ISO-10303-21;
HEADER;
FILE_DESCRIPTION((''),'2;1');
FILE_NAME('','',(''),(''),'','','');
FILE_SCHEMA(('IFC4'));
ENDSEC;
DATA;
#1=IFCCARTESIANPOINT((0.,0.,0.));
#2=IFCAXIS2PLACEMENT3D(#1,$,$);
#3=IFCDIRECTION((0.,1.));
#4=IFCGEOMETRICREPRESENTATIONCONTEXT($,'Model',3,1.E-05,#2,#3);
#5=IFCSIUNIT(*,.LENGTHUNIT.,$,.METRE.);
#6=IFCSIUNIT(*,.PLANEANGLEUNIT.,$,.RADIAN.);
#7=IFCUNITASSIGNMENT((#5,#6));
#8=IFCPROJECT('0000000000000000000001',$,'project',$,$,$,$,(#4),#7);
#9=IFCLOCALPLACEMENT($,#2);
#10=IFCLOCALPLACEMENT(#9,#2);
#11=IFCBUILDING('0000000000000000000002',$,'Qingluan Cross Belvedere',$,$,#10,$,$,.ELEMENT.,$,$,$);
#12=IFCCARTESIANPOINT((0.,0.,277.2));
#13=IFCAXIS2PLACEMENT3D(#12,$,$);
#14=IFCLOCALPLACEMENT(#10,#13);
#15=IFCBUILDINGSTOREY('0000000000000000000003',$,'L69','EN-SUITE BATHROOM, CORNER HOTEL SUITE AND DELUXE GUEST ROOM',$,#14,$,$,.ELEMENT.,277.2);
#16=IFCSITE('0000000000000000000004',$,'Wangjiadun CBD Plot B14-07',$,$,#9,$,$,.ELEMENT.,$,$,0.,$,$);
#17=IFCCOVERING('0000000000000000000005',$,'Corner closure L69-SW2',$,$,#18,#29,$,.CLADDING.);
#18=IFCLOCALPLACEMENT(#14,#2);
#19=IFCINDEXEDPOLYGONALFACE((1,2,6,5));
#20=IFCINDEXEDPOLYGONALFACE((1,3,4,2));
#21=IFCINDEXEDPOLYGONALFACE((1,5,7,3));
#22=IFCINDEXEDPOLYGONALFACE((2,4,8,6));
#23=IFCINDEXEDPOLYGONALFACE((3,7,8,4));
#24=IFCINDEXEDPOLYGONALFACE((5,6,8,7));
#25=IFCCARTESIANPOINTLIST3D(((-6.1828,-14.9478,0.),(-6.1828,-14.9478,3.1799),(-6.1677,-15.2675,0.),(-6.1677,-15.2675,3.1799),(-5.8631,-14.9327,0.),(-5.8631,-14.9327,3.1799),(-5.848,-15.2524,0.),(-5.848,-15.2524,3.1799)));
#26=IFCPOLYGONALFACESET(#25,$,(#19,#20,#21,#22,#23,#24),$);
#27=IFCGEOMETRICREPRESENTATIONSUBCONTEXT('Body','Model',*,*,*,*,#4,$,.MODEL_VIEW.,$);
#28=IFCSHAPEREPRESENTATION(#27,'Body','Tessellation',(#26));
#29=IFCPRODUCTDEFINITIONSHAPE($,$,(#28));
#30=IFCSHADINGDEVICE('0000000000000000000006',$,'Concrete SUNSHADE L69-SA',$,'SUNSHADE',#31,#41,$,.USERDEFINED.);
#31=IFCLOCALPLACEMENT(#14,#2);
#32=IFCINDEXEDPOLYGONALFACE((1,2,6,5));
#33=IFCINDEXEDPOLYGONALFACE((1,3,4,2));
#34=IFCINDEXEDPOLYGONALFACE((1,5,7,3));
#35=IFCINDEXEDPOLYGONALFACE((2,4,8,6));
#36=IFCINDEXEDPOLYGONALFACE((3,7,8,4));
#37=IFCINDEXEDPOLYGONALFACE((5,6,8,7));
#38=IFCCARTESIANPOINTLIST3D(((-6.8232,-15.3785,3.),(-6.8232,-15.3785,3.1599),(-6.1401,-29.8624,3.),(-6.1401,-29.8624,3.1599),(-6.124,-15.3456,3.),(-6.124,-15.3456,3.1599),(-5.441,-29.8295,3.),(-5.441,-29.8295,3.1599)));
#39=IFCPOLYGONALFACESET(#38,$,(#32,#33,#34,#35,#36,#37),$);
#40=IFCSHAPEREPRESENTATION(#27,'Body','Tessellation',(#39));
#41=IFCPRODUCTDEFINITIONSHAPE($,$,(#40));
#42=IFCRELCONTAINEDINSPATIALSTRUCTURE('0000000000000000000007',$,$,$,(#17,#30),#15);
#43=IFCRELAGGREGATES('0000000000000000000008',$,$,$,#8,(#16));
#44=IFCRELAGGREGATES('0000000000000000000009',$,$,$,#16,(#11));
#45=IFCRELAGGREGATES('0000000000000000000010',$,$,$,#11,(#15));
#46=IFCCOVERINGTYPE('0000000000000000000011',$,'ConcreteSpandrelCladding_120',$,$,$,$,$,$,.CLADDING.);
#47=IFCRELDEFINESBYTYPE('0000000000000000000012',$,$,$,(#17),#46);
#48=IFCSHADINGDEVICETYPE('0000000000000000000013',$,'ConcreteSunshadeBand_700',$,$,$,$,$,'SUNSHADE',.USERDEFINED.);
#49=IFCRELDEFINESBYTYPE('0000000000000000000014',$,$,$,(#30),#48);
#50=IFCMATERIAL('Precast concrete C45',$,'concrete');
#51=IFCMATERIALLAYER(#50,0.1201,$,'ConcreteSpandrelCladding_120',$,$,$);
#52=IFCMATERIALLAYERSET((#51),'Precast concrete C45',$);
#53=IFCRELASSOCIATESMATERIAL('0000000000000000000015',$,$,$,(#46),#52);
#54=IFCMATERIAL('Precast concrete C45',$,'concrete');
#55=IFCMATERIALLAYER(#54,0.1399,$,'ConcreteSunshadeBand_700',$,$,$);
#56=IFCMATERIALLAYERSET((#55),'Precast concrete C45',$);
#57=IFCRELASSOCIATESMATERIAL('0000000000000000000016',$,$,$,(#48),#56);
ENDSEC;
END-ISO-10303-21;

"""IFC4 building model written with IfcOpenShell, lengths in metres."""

from ifc_helpers import new_model, si_unit, direction, frame, origin, origin_2d, place, context, subcontext, project, spatial, rectangle, extrude, material, layer, layer_set, type_object, element, save


model = new_model("IFC4")

# Units and contexts
model_context = context("Model", 3, precision=1e-05, world=origin(), true_north=direction((0.0, 1.0)))
body_context = subcontext(model_context, "Body", "Model", "MODEL_VIEW")
ifc_project = project(units=[si_unit("LENGTHUNIT", "METRE"), si_unit("PLANEANGLEUNIT", "RADIAN")], contexts=[model_context])

# Site, building, storey
site_placement = place(None, origin())
site = spatial("IfcSite", under=ifc_project, at=site_placement, Name="Wangjiadun CBD Plot B14-07", CompositionType="ELEMENT", RefElevation=0.0)
building_placement = place(site_placement, origin())
building = spatial("IfcBuilding", under=site, at=building_placement, Name="Qingluan Cross Belvedere", CompositionType="ELEMENT")
storey_placement = place(building_placement, frame((0.0, 0.0, 277.2)))
storey = spatial("IfcBuildingStorey", under=building, at=storey_placement, Name="L69", Description="EN-SUITE BATHROOM, CORNER HOTEL SUITE AND DELUXE GUEST ROOM", CompositionType="ELEMENT", Elevation=277.2)

# Covering
ifc_material_1 = material(Name="Precast concrete C45", Category="concrete")
ifc_layer_1 = layer(ifc_material_1, 0.1201, Name="ConcreteSpandrelCladding_120")
ifc_layer_set_1 = layer_set([ifc_layer_1], Name="Precast concrete C45")
covering_type = type_object("IfcCoveringType", Name="ConcreteSpandrelCladding_120", PredefinedType="CLADDING", material=ifc_layer_set_1)
for number, where, z_axis, x_axis, name in (
    (1, (-6.0154, -15.1001, 0.0), (0.0, 0.0, 1.0), (0.99889, 0.047106, 0.0), "Corner closure L69-SW2"),
):
    element("IfcCovering", number, at=place(storey_placement, frame(where, z_axis=z_axis, x_axis=x_axis)), inside=storey, type_object=covering_type, Name=name, PredefinedType="CLADDING", context=body_context, shape_type="SweptSolid", body=[
        extrude(rectangle(XDim=0.3201, YDim=0.3201, at=origin_2d()), origin(), (0.0, 0.0, 1.0), 3.1799),
    ])

# Shading device
ifc_material_2 = material(Name="Precast concrete C45", Category="concrete")
ifc_layer_2 = layer(ifc_material_2, 0.1399, Name="ConcreteSunshadeBand_700")
ifc_layer_set_2 = layer_set([ifc_layer_2], Name="Precast concrete C45")
shading_device_type = type_object("IfcShadingDeviceType", Name="ConcreteSunshadeBand_700", ElementType="SUNSHADE", PredefinedType="USERDEFINED", material=ifc_layer_set_2)
shading_device_placement = place(storey_placement, frame((-6.1321, -22.604, 3.0), z_axis=(0.0, 0.0, 1.0), x_axis=(0.047109, -0.99889, 0.0)))
element("IfcShadingDevice", 2, at=shading_device_placement, inside=storey, type_object=shading_device_type, Name="Concrete SUNSHADE L69-SA", ObjectType="SUNSHADE", PredefinedType="USERDEFINED", context=body_context, shape_type="SweptSolid", body=[
    extrude(rectangle(XDim=14.5, YDim=0.7, at=origin_2d()), origin(), (0.0, 0.0, 1.0), 0.1599),
])

save(model, "model.ifc")
